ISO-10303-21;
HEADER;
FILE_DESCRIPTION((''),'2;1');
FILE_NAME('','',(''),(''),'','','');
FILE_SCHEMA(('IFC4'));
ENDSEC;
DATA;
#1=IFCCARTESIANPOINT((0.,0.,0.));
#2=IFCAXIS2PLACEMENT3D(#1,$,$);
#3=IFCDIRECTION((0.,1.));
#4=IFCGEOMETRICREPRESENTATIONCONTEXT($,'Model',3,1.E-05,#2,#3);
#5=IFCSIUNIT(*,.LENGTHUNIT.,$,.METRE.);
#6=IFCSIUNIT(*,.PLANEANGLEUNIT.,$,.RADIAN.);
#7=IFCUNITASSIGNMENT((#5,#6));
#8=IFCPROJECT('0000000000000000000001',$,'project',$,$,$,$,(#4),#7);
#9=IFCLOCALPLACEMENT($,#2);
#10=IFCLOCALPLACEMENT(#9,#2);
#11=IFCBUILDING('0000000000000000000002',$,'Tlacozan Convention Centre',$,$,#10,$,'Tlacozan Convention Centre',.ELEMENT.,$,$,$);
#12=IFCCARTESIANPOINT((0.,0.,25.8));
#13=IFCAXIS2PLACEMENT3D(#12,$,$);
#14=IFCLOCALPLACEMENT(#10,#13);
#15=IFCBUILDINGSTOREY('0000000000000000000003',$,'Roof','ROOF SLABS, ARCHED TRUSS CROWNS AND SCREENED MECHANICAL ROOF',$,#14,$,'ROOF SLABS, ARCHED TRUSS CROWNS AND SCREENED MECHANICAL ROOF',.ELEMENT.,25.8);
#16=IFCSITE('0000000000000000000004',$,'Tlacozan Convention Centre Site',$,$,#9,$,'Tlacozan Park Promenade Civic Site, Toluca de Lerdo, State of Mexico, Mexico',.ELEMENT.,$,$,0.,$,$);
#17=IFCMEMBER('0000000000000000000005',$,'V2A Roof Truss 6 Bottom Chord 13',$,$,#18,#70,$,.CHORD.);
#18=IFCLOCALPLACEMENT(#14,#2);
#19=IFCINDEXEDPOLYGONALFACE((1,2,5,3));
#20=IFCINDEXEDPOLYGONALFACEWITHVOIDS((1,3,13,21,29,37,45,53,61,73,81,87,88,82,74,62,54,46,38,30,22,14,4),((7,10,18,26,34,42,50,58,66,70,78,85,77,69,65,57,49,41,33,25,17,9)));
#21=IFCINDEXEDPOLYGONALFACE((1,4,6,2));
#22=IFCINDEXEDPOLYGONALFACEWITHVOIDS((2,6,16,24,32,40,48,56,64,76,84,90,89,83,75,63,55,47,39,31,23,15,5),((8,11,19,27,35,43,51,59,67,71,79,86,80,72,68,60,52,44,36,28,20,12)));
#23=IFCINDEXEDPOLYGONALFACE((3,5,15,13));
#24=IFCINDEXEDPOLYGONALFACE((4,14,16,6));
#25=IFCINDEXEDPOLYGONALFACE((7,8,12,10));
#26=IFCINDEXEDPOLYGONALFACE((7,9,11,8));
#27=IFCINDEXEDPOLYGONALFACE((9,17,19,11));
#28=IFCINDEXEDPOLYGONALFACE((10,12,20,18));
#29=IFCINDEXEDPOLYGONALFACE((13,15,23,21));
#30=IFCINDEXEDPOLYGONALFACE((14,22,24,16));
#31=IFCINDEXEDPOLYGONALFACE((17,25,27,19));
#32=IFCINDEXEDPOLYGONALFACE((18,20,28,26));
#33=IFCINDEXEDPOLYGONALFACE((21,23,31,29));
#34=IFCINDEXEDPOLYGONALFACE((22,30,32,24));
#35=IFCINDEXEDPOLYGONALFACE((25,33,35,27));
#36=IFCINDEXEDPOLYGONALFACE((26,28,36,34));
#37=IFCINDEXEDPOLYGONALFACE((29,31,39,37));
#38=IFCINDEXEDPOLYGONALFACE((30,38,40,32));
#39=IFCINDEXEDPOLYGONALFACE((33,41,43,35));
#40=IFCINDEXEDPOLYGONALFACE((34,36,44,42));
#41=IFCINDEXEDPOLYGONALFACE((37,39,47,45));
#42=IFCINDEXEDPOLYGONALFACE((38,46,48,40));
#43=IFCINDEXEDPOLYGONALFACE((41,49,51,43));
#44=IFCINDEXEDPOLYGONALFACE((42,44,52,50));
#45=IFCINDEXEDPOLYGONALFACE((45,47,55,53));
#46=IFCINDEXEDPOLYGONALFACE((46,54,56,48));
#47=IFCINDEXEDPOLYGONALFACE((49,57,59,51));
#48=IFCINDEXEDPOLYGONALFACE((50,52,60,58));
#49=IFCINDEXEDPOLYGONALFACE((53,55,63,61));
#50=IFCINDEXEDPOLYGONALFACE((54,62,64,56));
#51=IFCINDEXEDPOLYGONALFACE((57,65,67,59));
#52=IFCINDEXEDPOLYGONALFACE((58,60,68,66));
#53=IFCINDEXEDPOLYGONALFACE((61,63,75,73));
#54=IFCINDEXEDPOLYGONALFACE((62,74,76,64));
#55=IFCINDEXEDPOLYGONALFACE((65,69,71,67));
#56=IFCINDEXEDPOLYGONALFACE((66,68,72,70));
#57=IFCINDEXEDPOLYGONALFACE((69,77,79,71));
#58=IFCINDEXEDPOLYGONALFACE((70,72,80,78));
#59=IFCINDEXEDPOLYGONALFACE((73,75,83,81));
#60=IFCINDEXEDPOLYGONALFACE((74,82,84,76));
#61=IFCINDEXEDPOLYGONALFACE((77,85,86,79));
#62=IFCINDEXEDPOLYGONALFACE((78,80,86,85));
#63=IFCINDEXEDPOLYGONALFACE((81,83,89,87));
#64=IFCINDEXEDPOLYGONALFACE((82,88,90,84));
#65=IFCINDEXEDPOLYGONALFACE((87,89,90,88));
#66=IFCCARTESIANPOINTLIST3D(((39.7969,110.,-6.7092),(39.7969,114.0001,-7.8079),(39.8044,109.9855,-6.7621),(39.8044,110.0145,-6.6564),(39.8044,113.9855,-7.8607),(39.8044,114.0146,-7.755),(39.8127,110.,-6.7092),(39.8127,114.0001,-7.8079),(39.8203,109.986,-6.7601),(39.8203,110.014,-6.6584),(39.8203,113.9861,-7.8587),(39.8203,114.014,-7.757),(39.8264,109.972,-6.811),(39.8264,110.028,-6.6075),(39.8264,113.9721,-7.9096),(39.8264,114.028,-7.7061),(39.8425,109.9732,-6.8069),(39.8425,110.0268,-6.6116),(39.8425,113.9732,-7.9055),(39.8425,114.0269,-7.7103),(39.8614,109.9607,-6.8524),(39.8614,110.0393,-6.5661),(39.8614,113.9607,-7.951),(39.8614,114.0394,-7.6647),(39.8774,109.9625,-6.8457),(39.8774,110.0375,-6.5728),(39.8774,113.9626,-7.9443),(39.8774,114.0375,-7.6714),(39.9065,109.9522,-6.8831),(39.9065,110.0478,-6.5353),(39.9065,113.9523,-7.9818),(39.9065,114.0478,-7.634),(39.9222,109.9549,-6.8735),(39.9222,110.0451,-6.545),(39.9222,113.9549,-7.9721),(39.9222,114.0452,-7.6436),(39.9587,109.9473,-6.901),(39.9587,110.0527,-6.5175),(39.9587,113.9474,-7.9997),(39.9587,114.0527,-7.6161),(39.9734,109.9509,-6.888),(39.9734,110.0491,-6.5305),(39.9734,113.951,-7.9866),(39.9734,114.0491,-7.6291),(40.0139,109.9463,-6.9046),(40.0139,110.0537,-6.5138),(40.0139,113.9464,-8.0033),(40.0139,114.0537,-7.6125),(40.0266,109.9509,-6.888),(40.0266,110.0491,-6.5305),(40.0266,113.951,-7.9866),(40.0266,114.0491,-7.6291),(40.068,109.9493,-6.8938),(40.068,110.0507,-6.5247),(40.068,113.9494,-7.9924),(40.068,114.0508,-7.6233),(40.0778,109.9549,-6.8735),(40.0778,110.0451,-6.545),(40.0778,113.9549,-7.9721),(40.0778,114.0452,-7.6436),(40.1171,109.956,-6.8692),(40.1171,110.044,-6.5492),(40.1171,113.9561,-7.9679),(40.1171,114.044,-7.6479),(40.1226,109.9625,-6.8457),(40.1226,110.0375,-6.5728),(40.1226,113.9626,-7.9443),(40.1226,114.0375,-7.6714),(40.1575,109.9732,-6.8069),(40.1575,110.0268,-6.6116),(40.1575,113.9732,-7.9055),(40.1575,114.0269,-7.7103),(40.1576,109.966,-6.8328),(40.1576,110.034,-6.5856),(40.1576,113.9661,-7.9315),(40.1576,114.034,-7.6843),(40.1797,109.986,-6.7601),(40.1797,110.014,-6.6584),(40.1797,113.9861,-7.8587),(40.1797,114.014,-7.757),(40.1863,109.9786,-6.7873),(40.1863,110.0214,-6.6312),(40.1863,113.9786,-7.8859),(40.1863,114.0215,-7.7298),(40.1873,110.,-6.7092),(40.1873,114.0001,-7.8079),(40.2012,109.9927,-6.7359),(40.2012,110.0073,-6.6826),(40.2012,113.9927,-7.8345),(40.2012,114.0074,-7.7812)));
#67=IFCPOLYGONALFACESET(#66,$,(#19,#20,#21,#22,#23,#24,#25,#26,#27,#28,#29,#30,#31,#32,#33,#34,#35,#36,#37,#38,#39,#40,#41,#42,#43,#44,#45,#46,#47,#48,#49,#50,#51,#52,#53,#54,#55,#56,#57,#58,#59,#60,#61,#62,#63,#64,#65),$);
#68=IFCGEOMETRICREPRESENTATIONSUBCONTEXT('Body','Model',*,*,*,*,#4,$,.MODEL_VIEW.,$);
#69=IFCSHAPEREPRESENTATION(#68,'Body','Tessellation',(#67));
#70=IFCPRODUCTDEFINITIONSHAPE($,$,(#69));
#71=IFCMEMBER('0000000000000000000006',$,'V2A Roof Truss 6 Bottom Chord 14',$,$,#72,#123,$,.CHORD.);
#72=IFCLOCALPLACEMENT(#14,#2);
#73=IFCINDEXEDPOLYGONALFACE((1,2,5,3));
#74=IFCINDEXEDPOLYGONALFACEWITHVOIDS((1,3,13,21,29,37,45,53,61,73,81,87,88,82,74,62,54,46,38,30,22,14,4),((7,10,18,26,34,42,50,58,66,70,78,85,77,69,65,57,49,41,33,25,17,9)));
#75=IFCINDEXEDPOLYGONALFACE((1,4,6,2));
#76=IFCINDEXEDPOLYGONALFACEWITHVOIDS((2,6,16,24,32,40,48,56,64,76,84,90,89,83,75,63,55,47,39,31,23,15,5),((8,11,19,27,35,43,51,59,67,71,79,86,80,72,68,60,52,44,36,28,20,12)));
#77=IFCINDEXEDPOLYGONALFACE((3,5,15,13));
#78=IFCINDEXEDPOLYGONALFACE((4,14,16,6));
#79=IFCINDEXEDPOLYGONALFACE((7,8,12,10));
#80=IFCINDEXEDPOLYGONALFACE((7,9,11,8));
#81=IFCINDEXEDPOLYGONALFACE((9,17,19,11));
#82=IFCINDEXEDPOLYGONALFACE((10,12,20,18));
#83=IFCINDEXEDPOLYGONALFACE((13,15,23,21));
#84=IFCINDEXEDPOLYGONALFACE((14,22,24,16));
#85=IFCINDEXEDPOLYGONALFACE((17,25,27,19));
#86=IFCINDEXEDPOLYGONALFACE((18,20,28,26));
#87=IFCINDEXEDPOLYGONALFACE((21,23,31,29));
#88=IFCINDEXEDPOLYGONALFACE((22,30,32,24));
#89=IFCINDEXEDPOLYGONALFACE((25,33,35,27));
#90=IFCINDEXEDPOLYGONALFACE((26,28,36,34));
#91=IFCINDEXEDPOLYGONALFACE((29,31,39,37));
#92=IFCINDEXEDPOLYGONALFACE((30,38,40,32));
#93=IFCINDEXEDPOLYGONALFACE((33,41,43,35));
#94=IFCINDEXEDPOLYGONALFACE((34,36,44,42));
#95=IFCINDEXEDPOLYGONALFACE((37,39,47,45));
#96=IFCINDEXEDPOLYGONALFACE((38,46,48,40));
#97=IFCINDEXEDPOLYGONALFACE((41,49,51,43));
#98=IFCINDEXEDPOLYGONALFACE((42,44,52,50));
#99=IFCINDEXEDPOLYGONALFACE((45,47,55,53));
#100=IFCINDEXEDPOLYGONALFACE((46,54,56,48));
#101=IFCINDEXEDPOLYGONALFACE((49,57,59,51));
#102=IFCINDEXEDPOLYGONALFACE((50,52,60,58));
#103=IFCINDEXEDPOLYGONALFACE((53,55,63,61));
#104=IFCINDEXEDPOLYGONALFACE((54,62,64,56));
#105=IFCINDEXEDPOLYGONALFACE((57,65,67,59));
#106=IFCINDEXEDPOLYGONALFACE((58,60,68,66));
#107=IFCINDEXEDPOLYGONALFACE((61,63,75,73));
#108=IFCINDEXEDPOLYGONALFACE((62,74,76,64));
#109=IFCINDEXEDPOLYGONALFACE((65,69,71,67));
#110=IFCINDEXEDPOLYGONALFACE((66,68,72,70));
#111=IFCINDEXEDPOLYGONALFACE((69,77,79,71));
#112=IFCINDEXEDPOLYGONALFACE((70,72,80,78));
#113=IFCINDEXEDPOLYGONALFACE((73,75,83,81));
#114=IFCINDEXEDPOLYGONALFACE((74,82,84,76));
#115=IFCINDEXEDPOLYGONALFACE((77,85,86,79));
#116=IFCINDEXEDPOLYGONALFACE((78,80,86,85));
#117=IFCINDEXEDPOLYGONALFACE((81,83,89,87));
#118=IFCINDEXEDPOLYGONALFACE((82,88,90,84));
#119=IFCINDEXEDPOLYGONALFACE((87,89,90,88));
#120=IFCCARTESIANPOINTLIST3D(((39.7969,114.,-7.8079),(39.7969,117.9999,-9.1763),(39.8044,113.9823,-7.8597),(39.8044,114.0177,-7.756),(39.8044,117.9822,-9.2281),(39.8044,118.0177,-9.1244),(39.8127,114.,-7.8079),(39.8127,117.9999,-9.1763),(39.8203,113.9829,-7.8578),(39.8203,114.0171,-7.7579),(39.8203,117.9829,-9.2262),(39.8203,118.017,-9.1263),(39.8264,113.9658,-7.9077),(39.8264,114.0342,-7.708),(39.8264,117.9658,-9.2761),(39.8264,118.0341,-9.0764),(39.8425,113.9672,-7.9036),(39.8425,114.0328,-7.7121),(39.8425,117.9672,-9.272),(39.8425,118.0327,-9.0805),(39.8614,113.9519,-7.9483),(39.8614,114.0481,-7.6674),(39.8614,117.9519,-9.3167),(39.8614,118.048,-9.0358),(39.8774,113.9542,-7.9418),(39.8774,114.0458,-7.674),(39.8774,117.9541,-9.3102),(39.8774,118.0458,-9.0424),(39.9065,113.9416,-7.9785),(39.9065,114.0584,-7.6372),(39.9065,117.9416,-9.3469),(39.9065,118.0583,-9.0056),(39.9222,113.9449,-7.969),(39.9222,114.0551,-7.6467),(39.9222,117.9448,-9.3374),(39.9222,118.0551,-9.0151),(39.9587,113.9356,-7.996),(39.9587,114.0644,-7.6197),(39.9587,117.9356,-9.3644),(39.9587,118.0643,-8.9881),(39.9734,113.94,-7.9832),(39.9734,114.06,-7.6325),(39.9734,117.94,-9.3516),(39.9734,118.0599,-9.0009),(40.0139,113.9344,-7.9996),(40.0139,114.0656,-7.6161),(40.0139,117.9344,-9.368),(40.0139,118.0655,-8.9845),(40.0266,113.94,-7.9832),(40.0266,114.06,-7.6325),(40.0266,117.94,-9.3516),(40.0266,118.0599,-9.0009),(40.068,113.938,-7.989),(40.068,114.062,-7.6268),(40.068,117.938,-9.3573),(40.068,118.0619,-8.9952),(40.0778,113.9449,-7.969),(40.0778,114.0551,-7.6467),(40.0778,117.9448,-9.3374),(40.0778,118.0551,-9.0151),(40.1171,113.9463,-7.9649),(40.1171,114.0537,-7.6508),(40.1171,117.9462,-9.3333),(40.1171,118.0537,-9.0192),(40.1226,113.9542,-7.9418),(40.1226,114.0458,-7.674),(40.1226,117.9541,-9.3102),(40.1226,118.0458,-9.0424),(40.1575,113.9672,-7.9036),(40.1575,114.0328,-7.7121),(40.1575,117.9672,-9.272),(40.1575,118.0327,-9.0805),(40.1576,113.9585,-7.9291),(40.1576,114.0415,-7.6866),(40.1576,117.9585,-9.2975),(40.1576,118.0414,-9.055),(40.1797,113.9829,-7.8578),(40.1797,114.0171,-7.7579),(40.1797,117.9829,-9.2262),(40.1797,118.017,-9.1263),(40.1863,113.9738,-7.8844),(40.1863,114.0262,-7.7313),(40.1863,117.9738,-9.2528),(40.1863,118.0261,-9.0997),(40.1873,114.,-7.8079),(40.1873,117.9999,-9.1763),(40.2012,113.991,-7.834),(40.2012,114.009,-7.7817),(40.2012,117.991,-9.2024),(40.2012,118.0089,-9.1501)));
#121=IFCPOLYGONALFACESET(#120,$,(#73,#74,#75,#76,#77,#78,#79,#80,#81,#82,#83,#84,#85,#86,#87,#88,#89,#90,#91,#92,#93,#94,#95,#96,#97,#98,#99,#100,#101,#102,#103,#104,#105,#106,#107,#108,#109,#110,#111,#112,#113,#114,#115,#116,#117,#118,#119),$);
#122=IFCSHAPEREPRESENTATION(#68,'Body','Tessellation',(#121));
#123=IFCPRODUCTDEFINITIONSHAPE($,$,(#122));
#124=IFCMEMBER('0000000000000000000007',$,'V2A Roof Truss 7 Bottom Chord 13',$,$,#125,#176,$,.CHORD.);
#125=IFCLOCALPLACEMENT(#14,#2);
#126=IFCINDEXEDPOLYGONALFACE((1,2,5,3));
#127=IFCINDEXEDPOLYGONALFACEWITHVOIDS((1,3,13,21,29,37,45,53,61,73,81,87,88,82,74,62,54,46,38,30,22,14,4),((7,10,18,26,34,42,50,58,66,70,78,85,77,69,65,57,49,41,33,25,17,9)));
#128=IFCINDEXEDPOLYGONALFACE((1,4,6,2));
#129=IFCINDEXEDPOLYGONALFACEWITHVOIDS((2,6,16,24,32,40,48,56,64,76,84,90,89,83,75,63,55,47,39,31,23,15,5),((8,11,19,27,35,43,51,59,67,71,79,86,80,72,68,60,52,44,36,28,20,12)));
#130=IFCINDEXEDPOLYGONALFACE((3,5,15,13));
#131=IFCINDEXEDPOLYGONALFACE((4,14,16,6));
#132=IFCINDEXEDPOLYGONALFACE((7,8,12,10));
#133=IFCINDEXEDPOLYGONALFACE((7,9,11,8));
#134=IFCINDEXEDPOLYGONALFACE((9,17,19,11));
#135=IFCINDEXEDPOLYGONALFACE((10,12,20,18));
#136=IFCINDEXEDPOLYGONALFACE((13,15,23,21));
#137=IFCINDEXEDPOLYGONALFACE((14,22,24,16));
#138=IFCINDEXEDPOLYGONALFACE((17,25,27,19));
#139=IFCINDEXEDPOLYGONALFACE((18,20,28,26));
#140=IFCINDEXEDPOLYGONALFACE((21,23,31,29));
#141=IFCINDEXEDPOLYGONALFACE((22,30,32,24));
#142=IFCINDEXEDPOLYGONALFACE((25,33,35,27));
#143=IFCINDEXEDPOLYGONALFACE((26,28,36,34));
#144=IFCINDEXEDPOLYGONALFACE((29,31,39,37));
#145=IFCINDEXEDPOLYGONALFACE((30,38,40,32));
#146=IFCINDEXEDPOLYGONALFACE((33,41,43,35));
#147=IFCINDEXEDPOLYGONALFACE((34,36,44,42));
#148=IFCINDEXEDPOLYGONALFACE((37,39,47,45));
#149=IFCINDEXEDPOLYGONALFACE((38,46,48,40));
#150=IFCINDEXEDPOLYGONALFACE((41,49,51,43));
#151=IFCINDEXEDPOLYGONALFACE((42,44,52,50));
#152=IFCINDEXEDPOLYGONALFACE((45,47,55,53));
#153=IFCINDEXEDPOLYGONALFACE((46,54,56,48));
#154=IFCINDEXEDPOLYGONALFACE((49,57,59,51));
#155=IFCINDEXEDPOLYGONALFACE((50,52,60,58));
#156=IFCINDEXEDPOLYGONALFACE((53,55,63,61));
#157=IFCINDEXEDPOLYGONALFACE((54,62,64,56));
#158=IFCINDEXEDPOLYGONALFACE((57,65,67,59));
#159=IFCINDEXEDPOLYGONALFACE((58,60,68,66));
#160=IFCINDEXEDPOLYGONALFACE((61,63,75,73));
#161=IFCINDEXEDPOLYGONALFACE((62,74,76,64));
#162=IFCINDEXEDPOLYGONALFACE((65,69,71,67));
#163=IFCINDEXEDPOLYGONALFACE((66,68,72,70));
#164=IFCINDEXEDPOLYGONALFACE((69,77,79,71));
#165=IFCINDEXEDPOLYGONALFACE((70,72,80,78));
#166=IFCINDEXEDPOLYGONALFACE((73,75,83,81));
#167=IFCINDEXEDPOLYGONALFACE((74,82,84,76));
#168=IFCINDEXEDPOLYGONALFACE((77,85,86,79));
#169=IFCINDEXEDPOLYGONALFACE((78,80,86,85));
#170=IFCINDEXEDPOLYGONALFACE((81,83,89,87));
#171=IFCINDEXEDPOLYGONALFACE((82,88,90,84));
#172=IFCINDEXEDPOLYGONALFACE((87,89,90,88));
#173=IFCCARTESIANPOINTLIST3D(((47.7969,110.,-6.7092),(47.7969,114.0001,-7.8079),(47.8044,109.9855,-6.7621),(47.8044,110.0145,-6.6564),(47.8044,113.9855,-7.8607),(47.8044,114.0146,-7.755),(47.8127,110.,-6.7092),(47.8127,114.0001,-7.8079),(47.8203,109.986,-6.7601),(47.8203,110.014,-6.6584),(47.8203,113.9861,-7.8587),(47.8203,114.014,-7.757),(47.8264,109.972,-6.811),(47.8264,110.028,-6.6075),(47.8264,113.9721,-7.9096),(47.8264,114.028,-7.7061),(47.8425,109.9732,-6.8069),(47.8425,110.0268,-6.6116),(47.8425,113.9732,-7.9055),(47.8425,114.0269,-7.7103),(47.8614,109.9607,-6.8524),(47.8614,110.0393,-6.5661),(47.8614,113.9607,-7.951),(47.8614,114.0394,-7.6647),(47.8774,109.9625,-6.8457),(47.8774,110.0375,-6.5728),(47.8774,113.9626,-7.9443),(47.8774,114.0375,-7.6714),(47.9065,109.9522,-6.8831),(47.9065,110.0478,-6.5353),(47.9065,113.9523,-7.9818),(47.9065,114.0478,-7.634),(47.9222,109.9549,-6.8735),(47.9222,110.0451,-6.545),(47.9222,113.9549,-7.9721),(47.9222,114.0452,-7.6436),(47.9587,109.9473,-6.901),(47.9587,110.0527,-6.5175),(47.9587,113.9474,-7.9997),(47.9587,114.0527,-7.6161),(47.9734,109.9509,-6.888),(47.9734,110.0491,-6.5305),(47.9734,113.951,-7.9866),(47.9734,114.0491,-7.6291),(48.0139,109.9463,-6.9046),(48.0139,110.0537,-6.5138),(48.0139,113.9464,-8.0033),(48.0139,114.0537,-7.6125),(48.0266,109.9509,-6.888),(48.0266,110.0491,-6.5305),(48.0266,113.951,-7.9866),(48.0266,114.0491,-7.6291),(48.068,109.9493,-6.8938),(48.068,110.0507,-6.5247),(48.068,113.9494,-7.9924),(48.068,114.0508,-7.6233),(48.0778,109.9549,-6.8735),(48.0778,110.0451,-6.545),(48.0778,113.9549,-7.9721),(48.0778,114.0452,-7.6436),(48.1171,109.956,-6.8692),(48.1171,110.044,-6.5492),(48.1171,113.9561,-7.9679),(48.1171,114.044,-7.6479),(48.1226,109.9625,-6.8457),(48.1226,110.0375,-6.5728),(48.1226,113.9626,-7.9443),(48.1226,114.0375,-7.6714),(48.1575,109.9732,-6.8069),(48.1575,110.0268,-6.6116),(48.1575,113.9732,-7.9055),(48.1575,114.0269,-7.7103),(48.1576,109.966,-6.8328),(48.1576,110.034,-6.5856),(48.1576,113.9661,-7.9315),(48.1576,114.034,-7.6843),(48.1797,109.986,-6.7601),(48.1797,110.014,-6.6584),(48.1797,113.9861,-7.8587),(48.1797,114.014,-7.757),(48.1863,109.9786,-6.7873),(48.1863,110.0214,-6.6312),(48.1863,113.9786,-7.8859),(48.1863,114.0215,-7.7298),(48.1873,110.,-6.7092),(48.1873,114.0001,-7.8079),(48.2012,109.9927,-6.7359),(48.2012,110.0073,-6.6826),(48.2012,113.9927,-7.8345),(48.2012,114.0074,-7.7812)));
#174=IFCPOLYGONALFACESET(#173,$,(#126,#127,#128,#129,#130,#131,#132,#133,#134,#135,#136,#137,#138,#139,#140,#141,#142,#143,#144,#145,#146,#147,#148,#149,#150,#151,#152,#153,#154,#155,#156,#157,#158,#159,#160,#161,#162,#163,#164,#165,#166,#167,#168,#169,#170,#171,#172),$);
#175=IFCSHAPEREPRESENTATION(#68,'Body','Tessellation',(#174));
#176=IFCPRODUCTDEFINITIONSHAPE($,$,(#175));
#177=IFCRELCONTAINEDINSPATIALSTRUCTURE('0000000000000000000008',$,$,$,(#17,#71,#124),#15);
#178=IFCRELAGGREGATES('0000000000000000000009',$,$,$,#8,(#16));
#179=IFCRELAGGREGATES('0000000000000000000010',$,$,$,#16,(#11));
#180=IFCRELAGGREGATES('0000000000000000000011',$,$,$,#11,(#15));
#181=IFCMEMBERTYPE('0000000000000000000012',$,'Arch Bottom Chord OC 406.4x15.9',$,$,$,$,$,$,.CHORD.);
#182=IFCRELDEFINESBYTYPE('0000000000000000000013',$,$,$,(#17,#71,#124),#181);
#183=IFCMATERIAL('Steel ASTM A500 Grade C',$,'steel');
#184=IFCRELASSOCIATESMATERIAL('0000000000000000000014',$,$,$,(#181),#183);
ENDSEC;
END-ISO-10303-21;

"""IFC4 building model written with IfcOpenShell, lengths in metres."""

from ifc_helpers import new_model, si_unit, direction, frame, origin, origin_2d, place, context, subcontext, project, spatial, hollow_circle, extrude, material, material_profile, profile_set, type_object, element, save


model = new_model("IFC4")

# Units and contexts
model_context = context("Model", 3, precision=1e-05, world=origin(), true_north=direction((0.0, 1.0)))
body_context = subcontext(model_context, "Body", "Model", "MODEL_VIEW")
ifc_project = project(units=[si_unit("LENGTHUNIT", "METRE"), si_unit("PLANEANGLEUNIT", "RADIAN")], contexts=[model_context])

# Site, building, storey
site_placement = place(None, origin())
site = spatial("IfcSite", under=ifc_project, at=site_placement, Name="Tlacozan Convention Centre Site", LongName="Tlacozan Park Promenade Civic Site, Toluca de Lerdo, State of Mexico, Mexico", CompositionType="ELEMENT", RefElevation=0.0)
building_placement = place(site_placement, origin())
building = spatial("IfcBuilding", under=site, at=building_placement, Name="Tlacozan Convention Centre", LongName="Tlacozan Convention Centre", CompositionType="ELEMENT")
storey_placement = place(building_placement, frame((0.0, 0.0, 25.8)))
storey = spatial("IfcBuildingStorey", under=building, at=storey_placement, Name="Roof", Description="ROOF SLABS, ARCHED TRUSS CROWNS AND SCREENED MECHANICAL ROOF", LongName="ROOF SLABS, ARCHED TRUSS CROWNS AND SCREENED MECHANICAL ROOF", CompositionType="ELEMENT", Elevation=25.8)

# Members
ifc_material_1 = material(Name="Steel ASTM A500 Grade C", Category="steel")
ifc_material_profile_1 = material_profile(ifc_material_1, hollow_circle(Radius=0.2031, WallThickness=0.0159, at=origin_2d()), Name="OC 406.4x15.9")
ifc_profile_set_1 = profile_set([ifc_material_profile_1], Name="Steel ASTM A500 Grade C")
member_type_1 = type_object("IfcMemberType", Name="Arch Bottom Chord OC 406.4x15.9", PredefinedType="CHORD", material=ifc_profile_set_1)
member_1_placement = place(storey_placement, frame((40.0, 110.0, -6.7092), z_axis=(0.0, 0.96429, -0.26485), x_axis=(-1.0, 0.0, 0.0)))
element("IfcMember", 1, at=member_1_placement, inside=storey, type_object=member_type_1, Name="V2A Roof Truss 6 Bottom Chord 13", PredefinedType="CHORD", context=body_context, shape_type="SweptSolid", body=[
    extrude(hollow_circle(Radius=0.2031, WallThickness=0.0159, at=origin_2d()), origin(), (0.0, 0.0, 1.0), 4.1482),
])
member_2_placement = place(storey_placement, frame((40.0, 114.0, -7.8079), z_axis=(0.0, 0.946165, -0.323685), x_axis=(-1.0, 0.0, 0.0)))
element("IfcMember", 2, at=member_2_placement, inside=storey, type_object=member_type_1, Name="V2A Roof Truss 6 Bottom Chord 14", PredefinedType="CHORD", context=body_context, shape_type="SweptSolid", body=[
    extrude(hollow_circle(Radius=0.2031, WallThickness=0.0159, at=origin_2d()), origin(), (0.0, 0.0, 1.0), 4.2275),
])
member_3_placement = place(storey_placement, frame((48.0, 110.0, -6.7092), z_axis=(0.0, 0.96429, -0.26485), x_axis=(-1.0, 0.0, 0.0)))
element("IfcMember", 3, at=member_3_placement, inside=storey, type_object=member_type_1, Name="V2A Roof Truss 7 Bottom Chord 13", PredefinedType="CHORD", context=body_context, shape_type="SweptSolid", body=[
    extrude(hollow_circle(Radius=0.2031, WallThickness=0.0159, at=origin_2d()), origin(), (0.0, 0.0, 1.0), 4.1482),
])

save(model, "model.ifc")
